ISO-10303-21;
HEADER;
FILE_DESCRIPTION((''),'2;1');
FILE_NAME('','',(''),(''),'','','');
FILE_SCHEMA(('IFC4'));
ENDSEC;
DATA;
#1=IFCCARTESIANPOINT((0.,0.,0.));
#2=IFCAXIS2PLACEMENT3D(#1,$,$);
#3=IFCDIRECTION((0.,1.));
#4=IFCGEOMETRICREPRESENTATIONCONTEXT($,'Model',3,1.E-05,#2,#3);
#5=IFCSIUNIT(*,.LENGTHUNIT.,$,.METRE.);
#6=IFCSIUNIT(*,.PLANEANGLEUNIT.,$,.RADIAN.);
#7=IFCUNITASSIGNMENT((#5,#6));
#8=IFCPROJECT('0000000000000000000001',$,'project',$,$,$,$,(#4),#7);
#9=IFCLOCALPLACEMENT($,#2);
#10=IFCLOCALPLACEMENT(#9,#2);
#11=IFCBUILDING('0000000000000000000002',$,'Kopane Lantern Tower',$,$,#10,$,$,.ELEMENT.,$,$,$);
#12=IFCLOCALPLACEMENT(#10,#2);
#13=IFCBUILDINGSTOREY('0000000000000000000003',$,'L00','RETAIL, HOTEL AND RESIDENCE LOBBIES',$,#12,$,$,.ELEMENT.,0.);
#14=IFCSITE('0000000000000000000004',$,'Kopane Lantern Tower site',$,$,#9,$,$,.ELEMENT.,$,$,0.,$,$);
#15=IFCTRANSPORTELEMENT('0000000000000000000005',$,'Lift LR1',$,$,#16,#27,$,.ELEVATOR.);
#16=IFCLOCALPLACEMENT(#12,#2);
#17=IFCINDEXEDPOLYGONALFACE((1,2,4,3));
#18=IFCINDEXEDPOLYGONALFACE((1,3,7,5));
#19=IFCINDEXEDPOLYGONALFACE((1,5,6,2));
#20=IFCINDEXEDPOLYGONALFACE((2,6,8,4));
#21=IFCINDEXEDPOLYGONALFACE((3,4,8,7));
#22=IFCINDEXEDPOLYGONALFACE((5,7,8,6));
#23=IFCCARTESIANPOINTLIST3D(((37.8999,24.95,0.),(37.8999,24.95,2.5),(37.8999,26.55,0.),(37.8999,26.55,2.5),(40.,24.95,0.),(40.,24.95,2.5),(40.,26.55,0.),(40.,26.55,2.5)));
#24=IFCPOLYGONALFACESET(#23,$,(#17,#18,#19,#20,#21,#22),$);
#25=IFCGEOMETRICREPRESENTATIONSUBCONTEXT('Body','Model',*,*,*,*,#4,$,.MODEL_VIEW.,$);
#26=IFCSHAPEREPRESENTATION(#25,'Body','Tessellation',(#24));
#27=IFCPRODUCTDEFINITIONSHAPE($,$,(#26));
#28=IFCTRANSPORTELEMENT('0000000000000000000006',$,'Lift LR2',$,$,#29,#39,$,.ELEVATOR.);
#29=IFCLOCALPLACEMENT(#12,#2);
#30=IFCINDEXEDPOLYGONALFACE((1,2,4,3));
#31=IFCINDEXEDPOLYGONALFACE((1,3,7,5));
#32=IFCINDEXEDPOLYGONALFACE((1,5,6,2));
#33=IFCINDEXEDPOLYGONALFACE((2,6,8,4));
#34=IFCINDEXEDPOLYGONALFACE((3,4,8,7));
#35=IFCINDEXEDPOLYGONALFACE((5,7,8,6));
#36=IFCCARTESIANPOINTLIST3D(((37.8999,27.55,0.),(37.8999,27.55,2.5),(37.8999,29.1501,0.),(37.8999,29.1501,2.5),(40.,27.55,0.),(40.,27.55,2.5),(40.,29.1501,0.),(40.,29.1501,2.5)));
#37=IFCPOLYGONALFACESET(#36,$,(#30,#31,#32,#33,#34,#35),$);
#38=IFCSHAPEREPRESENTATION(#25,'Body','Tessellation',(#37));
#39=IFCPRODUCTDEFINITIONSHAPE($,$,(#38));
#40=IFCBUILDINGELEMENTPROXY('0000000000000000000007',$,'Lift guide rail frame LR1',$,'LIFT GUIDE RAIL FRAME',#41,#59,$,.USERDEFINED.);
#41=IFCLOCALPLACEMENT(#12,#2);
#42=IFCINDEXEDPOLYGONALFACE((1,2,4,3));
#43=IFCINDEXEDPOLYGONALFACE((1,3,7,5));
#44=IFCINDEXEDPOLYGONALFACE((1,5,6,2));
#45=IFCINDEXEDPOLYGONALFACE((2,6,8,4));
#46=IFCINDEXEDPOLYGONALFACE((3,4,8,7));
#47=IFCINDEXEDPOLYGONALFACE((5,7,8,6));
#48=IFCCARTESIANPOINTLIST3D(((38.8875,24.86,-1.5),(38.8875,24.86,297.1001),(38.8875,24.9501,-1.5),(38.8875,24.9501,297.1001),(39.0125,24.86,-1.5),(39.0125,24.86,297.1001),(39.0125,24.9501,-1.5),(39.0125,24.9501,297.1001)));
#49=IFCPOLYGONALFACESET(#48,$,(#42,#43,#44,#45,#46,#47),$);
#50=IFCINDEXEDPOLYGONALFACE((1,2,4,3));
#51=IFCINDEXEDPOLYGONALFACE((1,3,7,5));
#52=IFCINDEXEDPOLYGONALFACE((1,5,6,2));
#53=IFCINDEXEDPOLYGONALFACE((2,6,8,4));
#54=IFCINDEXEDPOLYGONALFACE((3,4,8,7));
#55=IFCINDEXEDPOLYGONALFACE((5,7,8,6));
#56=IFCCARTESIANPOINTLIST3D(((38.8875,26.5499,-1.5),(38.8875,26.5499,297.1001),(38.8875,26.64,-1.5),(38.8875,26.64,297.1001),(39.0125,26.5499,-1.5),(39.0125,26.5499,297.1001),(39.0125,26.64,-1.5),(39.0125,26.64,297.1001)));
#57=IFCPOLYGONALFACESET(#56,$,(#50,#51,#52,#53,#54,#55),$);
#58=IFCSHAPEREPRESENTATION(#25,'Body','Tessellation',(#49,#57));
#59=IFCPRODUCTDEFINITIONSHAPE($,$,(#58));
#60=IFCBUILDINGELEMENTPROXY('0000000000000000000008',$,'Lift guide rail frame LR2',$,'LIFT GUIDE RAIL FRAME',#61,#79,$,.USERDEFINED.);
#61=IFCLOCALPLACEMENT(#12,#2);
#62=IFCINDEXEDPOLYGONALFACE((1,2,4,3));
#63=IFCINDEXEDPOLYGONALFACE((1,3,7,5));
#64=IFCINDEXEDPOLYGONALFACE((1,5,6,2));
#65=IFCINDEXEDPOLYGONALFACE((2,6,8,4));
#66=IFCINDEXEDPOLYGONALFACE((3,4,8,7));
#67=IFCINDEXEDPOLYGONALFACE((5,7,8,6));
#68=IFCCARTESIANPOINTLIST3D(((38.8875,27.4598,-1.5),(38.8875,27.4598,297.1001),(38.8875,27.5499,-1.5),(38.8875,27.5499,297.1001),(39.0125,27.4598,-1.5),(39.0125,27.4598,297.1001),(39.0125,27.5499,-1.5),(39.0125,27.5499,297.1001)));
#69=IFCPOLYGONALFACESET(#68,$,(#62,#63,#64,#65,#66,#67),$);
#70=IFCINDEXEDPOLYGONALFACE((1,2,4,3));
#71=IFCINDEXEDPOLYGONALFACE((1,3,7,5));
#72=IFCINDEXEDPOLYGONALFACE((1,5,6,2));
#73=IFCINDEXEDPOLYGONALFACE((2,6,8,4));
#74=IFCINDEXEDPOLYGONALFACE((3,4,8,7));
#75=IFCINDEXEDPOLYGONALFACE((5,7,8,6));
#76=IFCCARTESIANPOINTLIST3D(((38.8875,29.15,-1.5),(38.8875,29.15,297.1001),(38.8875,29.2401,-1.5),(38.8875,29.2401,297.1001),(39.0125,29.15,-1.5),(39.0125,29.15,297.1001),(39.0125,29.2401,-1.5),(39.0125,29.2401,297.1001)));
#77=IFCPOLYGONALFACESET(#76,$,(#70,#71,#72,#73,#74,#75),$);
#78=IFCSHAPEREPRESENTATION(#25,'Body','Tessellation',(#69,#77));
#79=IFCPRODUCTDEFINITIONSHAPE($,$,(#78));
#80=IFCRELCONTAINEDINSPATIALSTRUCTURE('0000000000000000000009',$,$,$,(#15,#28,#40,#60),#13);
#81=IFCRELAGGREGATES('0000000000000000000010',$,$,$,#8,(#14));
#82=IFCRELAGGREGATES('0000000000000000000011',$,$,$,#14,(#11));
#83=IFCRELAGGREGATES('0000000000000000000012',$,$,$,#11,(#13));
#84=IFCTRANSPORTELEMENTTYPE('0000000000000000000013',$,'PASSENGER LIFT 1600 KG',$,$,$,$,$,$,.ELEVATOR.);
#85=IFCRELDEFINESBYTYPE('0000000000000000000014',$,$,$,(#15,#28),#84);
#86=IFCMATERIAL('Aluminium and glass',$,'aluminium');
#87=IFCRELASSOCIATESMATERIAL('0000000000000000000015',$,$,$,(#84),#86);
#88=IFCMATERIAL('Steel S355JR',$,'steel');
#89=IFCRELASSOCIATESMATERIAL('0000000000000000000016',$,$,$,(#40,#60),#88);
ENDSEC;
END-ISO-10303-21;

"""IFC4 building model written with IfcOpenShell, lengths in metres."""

from ifc_helpers import new_model, si_unit, direction, frame, origin, origin_2d, place, context, subcontext, project, spatial, rectangle, extrude, material, type_object, element, save


model = new_model("IFC4")

# Units and contexts
model_context = context("Model", 3, precision=1e-05, world=origin(), true_north=direction((0.0, 1.0)))
body_context = subcontext(model_context, "Body", "Model", "MODEL_VIEW")
ifc_project = project(units=[si_unit("LENGTHUNIT", "METRE"), si_unit("PLANEANGLEUNIT", "RADIAN")], contexts=[model_context])

# Site, building, storey
site_placement = place(None, origin())
site = spatial("IfcSite", under=ifc_project, at=site_placement, Name="Kopane Lantern Tower site", CompositionType="ELEMENT", RefElevation=0.0)
building_placement = place(site_placement, origin())
building = spatial("IfcBuilding", under=site, at=building_placement, Name="Kopane Lantern Tower", CompositionType="ELEMENT")
storey_placement = place(building_placement, origin())
storey = spatial("IfcBuildingStorey", under=building, at=storey_placement, Name="L00", Description="RETAIL, HOTEL AND RESIDENCE LOBBIES", CompositionType="ELEMENT", Elevation=0.0)

# Transport elements
ifc_material_1 = material(Name="Aluminium and glass", Category="aluminium")
transport_element_type = type_object("IfcTransportElementType", Name="PASSENGER LIFT 1600 KG", PredefinedType="ELEVATOR", material=ifc_material_1)
for number, where, z_axis, x_axis, name in (
    (1, (38.95, 25.75, 0.0), (0.0, 0.0, 1.0), (1.0, 0.0, 0.0), "Lift LR1"),
    (2, (38.95, 28.3501, 0.0), (0.0, 0.0, 1.0), (1.0, 0.0, 0.0), "Lift LR2"),
):
    element("IfcTransportElement", number, at=place(storey_placement, frame(where, z_axis=z_axis, x_axis=x_axis)), inside=storey, type_object=transport_element_type, Name=name, PredefinedType="ELEVATOR", context=body_context, shape_type="SweptSolid", body=[
        extrude(rectangle(XDim=2.1001, YDim=1.6001, at=origin_2d()), origin(), (0.0, 0.0, 1.0), 2.5),
    ])

# Building element proxies
ifc_material_2 = material(Name="Steel S355JR", Category="steel")
proxy_1_placement = place(storey_placement, frame((38.95, 25.75, -1.5), z_axis=(0.0, 0.0, 1.0), x_axis=(1.0, 0.0, 0.0)))
element("IfcBuildingElementProxy", 3, at=proxy_1_placement, inside=storey, material=ifc_material_2, Name="Lift guide rail frame LR1", ObjectType="LIFT GUIDE RAIL FRAME", PredefinedType="USERDEFINED", context=body_context, shape_type="SweptSolid", body=[
    extrude(rectangle(XDim=0.125, YDim=0.0901, at=origin_2d()), frame((0.0, -0.845, 0.0)), (0.0, 0.0, 1.0), 298.6001),
    extrude(rectangle(XDim=0.125, YDim=0.0901, at=origin_2d()), frame((0.0, 0.845, 0.0)), (0.0, 0.0, 1.0), 298.6001),
])
proxy_2_placement = place(storey_placement, frame((38.95, 28.3501, -1.5), z_axis=(0.0, 0.0, 1.0), x_axis=(1.0, 0.0, 0.0)))
element("IfcBuildingElementProxy", 4, at=proxy_2_placement, inside=storey, material=ifc_material_2, Name="Lift guide rail frame LR2", ObjectType="LIFT GUIDE RAIL FRAME", PredefinedType="USERDEFINED", context=body_context, shape_type="SweptSolid", body=[
    extrude(rectangle(XDim=0.125, YDim=0.0901, at=origin_2d()), frame((0.0, -0.8452, 0.0)), (0.0, 0.0, 1.0), 298.6001),
    extrude(rectangle(XDim=0.125, YDim=0.0901, at=origin_2d()), frame((0.0, 0.845, 0.0)), (0.0, 0.0, 1.0), 298.6001),
])

save(model, "model.ifc")
